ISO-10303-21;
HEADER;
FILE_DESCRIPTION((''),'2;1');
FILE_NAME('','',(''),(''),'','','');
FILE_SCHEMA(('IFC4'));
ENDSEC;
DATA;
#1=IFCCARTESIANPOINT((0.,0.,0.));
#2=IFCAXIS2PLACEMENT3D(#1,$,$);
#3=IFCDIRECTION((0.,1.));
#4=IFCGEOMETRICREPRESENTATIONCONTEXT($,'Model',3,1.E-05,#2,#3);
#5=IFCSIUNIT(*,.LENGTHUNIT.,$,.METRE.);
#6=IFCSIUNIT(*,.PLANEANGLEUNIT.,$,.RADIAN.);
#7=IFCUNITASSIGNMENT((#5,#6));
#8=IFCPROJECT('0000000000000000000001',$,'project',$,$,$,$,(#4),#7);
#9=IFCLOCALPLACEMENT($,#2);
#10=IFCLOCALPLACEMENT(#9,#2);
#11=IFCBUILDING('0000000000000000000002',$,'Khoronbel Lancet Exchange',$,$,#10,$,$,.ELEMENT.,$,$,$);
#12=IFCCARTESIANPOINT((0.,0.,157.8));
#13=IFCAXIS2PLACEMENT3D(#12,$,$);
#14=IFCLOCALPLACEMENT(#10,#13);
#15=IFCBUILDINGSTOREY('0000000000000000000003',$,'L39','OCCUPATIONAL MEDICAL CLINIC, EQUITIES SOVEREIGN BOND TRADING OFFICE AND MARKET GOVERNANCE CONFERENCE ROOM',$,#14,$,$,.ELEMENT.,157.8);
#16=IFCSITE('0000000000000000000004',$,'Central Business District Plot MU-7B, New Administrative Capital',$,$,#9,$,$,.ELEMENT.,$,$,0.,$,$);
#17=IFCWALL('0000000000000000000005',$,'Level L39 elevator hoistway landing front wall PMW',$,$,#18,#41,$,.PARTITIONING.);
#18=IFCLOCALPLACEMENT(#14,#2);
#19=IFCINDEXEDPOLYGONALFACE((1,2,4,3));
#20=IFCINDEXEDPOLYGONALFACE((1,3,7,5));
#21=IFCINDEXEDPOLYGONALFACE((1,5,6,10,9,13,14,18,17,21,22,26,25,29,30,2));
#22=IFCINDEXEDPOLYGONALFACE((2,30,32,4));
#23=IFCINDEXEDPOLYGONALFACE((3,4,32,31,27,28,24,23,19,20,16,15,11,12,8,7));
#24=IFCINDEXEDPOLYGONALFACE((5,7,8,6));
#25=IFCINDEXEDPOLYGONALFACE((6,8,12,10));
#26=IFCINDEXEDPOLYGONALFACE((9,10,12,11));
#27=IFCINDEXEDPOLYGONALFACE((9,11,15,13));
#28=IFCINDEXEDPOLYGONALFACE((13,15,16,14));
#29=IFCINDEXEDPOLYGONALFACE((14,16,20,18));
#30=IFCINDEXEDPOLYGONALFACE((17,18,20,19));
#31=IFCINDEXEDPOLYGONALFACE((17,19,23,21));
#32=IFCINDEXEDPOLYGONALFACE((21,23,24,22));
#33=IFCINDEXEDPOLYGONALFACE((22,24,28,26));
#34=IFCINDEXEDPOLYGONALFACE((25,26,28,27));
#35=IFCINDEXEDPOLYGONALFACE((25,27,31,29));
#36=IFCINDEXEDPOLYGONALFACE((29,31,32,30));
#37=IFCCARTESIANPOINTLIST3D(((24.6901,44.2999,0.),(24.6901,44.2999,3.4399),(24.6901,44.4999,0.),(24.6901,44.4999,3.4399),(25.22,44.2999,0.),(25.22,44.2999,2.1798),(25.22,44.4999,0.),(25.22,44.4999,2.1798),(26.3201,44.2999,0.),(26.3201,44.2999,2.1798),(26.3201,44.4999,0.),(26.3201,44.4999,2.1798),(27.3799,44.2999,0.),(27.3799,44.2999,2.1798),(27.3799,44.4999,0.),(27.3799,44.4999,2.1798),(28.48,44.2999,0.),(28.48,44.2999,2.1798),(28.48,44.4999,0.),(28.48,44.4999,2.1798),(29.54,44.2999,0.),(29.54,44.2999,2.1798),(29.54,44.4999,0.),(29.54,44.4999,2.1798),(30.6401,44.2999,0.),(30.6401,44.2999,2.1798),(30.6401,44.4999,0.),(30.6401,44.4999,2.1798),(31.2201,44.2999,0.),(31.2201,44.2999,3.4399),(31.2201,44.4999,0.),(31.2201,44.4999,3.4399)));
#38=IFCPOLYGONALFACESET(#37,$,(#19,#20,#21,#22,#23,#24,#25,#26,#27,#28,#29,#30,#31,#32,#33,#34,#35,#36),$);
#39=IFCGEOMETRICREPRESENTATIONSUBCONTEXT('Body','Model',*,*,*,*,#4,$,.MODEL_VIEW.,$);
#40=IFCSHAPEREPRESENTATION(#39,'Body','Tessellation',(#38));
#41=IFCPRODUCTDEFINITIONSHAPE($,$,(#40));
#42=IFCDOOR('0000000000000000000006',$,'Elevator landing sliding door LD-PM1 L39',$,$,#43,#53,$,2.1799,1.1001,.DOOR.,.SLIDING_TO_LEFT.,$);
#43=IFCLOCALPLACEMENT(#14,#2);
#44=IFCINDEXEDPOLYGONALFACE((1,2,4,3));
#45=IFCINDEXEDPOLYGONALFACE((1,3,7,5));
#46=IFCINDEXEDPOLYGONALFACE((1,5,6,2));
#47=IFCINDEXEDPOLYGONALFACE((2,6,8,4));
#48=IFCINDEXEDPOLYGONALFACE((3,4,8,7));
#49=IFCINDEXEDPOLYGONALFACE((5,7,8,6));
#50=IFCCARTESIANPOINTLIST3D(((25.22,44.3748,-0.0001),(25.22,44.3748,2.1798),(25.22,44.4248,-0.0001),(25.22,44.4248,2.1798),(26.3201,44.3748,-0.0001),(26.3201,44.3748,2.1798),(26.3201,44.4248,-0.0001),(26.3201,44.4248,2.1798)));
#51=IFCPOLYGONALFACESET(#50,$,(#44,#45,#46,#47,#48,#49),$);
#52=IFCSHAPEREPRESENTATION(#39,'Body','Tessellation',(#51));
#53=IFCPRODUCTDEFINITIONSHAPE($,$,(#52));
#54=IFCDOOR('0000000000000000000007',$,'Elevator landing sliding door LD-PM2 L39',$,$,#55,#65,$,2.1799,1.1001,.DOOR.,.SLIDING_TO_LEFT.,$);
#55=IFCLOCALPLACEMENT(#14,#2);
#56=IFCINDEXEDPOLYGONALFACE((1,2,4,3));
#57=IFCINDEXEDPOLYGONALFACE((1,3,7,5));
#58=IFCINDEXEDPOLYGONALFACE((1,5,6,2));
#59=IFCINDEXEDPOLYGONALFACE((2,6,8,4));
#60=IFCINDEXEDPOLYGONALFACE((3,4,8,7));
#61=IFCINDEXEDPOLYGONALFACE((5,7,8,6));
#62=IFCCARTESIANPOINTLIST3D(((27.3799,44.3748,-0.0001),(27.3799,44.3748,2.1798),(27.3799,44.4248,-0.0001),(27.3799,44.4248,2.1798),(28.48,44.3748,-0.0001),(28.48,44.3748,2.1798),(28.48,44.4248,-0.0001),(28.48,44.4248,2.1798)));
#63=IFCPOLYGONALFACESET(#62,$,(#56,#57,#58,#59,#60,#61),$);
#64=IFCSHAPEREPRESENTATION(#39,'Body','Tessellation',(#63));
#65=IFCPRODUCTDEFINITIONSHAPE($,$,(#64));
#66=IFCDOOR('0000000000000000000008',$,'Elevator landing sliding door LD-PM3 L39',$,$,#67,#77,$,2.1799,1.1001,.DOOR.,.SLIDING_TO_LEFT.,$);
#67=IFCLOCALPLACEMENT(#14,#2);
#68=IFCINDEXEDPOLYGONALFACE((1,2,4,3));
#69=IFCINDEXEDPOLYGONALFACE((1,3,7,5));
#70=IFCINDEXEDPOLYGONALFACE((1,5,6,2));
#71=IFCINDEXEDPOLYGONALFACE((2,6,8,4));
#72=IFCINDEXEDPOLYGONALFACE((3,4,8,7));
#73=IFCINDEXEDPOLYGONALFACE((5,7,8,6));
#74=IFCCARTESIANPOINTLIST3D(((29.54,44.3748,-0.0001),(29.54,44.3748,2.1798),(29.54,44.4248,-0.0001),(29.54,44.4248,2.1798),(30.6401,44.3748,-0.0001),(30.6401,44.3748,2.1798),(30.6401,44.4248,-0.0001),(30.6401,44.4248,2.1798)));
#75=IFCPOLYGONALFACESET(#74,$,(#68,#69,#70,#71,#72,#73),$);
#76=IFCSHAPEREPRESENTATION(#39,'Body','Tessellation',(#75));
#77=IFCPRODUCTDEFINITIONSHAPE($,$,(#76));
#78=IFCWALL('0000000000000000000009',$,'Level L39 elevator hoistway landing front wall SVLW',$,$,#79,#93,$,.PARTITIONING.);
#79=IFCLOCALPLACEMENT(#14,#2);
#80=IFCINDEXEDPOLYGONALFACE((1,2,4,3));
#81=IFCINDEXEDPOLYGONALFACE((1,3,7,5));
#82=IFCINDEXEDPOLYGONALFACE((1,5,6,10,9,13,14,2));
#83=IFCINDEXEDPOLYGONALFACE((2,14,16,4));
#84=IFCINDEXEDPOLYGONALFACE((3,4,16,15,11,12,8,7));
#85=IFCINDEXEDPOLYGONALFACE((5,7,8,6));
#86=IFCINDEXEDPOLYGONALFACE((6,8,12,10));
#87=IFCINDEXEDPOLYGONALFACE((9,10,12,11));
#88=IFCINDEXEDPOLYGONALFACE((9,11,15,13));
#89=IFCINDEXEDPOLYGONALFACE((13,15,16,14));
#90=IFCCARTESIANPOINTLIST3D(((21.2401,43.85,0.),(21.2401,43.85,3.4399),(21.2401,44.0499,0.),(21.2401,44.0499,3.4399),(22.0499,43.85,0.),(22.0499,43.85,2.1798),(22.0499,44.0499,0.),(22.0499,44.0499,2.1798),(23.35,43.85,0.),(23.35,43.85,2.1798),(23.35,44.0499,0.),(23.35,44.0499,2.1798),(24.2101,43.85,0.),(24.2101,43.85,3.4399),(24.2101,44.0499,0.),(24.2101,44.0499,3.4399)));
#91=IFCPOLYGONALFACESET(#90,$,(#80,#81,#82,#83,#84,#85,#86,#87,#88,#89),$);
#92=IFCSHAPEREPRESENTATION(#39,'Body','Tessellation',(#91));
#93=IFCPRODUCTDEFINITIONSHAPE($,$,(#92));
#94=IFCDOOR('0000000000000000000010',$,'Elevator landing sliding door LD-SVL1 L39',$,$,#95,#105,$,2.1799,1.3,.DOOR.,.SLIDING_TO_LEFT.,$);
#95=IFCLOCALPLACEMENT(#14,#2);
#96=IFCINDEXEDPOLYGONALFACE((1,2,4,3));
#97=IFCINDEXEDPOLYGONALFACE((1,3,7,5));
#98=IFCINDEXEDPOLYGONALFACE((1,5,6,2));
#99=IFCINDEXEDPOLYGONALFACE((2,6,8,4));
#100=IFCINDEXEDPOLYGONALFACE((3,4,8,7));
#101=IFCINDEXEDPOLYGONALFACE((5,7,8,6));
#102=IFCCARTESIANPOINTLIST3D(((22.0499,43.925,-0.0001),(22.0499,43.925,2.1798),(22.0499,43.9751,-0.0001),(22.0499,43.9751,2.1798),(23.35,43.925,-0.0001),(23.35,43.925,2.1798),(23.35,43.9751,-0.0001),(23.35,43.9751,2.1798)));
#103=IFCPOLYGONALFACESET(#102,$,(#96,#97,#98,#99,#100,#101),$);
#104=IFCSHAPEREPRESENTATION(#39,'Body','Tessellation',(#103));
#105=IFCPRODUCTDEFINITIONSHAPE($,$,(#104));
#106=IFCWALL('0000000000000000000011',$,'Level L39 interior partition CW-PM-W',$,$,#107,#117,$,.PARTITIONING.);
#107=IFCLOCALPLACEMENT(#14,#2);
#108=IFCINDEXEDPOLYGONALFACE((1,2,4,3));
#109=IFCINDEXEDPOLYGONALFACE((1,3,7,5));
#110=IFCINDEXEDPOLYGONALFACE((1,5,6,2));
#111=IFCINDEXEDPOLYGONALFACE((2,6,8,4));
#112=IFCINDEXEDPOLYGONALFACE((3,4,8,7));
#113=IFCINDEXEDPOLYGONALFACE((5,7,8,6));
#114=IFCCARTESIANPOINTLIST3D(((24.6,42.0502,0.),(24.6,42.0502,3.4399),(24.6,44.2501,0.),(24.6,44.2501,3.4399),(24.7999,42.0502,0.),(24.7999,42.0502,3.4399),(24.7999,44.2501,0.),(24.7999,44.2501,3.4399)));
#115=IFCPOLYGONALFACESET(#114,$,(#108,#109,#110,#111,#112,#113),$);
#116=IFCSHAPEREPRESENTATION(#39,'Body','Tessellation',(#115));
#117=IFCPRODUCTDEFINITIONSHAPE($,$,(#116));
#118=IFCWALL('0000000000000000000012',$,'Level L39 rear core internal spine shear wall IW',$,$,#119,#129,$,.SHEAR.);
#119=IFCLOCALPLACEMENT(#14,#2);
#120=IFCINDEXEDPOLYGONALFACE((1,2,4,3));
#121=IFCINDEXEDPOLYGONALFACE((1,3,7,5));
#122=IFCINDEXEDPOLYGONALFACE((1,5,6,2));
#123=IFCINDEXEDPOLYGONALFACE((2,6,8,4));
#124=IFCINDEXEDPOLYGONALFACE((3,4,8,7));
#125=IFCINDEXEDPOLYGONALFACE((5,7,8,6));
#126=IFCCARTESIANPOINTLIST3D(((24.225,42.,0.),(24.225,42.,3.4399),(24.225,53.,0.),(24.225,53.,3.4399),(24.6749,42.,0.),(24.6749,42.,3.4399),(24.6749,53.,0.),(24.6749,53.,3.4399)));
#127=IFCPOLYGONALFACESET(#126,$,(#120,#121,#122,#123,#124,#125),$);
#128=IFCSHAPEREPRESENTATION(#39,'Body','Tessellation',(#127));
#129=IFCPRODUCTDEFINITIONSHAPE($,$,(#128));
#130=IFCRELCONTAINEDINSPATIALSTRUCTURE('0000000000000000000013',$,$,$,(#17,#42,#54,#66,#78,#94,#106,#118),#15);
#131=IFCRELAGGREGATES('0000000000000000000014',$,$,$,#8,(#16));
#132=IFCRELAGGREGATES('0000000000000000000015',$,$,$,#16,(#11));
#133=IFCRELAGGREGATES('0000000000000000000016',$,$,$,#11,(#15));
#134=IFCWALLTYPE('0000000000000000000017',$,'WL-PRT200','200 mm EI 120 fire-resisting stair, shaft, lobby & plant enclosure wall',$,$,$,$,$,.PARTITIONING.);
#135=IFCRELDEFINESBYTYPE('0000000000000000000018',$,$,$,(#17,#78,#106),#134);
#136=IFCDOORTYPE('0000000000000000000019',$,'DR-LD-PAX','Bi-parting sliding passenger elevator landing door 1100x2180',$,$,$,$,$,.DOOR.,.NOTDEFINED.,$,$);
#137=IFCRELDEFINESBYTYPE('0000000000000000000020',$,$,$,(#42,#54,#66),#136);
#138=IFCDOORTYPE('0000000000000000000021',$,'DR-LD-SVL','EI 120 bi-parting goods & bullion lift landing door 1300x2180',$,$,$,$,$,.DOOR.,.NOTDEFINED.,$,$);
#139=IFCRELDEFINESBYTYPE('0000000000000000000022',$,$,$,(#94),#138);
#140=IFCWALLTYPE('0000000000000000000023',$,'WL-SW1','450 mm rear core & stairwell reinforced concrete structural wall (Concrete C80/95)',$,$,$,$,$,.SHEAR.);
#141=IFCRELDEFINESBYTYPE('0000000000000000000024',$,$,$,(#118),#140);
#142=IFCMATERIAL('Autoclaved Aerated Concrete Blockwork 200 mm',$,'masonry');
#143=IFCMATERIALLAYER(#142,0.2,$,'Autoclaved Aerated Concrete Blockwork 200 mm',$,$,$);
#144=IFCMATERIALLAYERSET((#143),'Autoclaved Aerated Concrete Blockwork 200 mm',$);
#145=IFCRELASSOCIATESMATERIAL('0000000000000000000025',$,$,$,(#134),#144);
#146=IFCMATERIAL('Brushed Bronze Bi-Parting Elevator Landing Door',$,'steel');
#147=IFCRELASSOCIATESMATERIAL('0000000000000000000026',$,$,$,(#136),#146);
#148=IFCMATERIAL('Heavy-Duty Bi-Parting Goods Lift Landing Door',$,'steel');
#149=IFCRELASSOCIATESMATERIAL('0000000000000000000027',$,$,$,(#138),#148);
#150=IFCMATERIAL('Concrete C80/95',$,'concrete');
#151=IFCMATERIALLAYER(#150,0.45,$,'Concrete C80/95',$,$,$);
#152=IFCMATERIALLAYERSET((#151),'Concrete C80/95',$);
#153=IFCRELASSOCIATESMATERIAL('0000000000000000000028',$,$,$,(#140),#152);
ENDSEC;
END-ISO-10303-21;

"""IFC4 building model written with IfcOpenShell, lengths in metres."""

from ifc_helpers import new_model, si_unit, direction, frame, frame_2d, origin, place, context, subcontext, project, spatial, rectangle, extrude, material, layer, layer_set, type_object, element, fill, save


model = new_model("IFC4")

# Units and contexts
model_context = context("Model", 3, precision=1e-05, world=origin(), true_north=direction((0.0, 1.0)))
body_context = subcontext(model_context, "Body", "Model", "MODEL_VIEW")
ifc_project = project(units=[si_unit("LENGTHUNIT", "METRE"), si_unit("PLANEANGLEUNIT", "RADIAN")], contexts=[model_context])

# Site, building, storey
site_placement = place(None, origin())
site = spatial("IfcSite", under=ifc_project, at=site_placement, Name="Central Business District Plot MU-7B, New Administrative Capital", CompositionType="ELEMENT", RefElevation=0.0)
building_placement = place(site_placement, origin())
building = spatial("IfcBuilding", under=site, at=building_placement, Name="Khoronbel Lancet Exchange", CompositionType="ELEMENT")
storey_placement = place(building_placement, frame((0.0, 0.0, 157.8)))
storey = spatial("IfcBuildingStorey", under=building, at=storey_placement, Name="L39", Description="OCCUPATIONAL MEDICAL CLINIC, EQUITIES SOVEREIGN BOND TRADING OFFICE AND MARKET GOVERNANCE CONFERENCE ROOM", CompositionType="ELEMENT", Elevation=157.8)

# Shared definitions
ifc_material_1 = material(Name="Concrete C80/95", Category="concrete")

# Wall, openings, doors
ifc_material_2 = material(Name="Autoclaved Aerated Concrete Blockwork 200 mm", Category="masonry")
ifc_layer_1 = layer(ifc_material_2, 0.2, Name="Autoclaved Aerated Concrete Blockwork 200 mm")
ifc_layer_set_1 = layer_set([ifc_layer_1], Name="Autoclaved Aerated Concrete Blockwork 200 mm")
wall_type_1 = type_object("IfcWallType", Name="WL-PRT200", Description="200 mm EI 120 fire-resisting stair, shaft, lobby & plant enclosure wall", PredefinedType="PARTITIONING", material=ifc_layer_set_1)
wall_1_placement = place(storey_placement, frame((24.6899, 44.3999, 0.0), z_axis=(0.0, 0.0, 1.0), x_axis=(1.0, 0.0, 0.0)))
wall_1 = element("IfcWall", 1, at=wall_1_placement, inside=storey, type_object=wall_type_1, Name="Level L39 elevator hoistway landing front wall PMW", PredefinedType="PARTITIONING", context=body_context, shape_type="SweptSolid", body=[
    extrude(rectangle(XDim=6.53, YDim=0.2, at=frame_2d((3.2651, 0.0))), origin(), (0.0, 0.0, 1.0), 3.4399),
])
opening_1_placement = place(wall_1_placement, frame((0.53, 0.0, 0.0)))
opening_1 = element("IfcOpeningElement", 2, at=opening_1_placement, cuts=wall_1, PredefinedType="OPENING", context=body_context, shape_type="SweptSolid", body=[
    extrude(rectangle(XDim=1.1001, YDim=2.1799, at=frame_2d((0.55, 1.0898))), frame((0.0, 0.1099, 0.0), z_axis=(0.0, -1.0, 0.0), x_axis=(1.0, 0.0, 0.0)), (0.0, 0.0, 1.0), 0.22),
])
opening_2_placement = place(wall_1_placement, frame((2.6899, 0.0, 0.0)))
opening_2 = element("IfcOpeningElement", 3, at=opening_2_placement, cuts=wall_1, PredefinedType="OPENING", context=body_context, shape_type="SweptSolid", body=[
    extrude(rectangle(XDim=1.1001, YDim=2.1799, at=frame_2d((0.55, 1.0898))), frame((0.0, 0.1099, 0.0), z_axis=(0.0, -1.0, 0.0), x_axis=(1.0, 0.0, 0.0)), (0.0, 0.0, 1.0), 0.22),
])
opening_3_placement = place(wall_1_placement, frame((4.8501, 0.0, 0.0)))
opening_3 = element("IfcOpeningElement", 4, at=opening_3_placement, cuts=wall_1, PredefinedType="OPENING", context=body_context, shape_type="SweptSolid", body=[
    extrude(rectangle(XDim=1.1001, YDim=2.1799, at=frame_2d((0.55, 1.0898))), frame((0.0, 0.1099, 0.0), z_axis=(0.0, -1.0, 0.0), x_axis=(1.0, 0.0, 0.0)), (0.0, 0.0, 1.0), 0.22),
])
ifc_material_3 = material(Name="Brushed Bronze Bi-Parting Elevator Landing Door", Category="steel")
door_type_1 = type_object("IfcDoorType", Name="DR-LD-PAX", Description="Bi-parting sliding passenger elevator landing door 1100x2180", OperationType="NOTDEFINED", PredefinedType="DOOR", material=ifc_material_3)
door_1_placement = place(opening_1_placement, origin())
door_1 = element("IfcDoor", 5, at=door_1_placement, inside=storey, type_object=door_type_1, Name="Elevator landing sliding door LD-PM1 L39", OperationType="SLIDING_TO_LEFT", OverallHeight=2.1799, OverallWidth=1.1001, PredefinedType="DOOR", context=body_context, shape_type="SweptSolid", body=[
    extrude(rectangle(XDim=1.1001, YDim=2.1799, at=frame_2d((0.55, 1.0898))), frame((0.0, 0.0249, 0.0), z_axis=(0.0, -1.0, 0.0), x_axis=(1.0, 0.0, 0.0)), (0.0, 0.0, 1.0), 0.05),
])
fill(opening_1, door_1)
door_2_placement = place(opening_2_placement, origin())
door_2 = element("IfcDoor", 6, at=door_2_placement, inside=storey, type_object=door_type_1, Name="Elevator landing sliding door LD-PM2 L39", OperationType="SLIDING_TO_LEFT", OverallHeight=2.1799, OverallWidth=1.1001, PredefinedType="DOOR", context=body_context, shape_type="SweptSolid", body=[
    extrude(rectangle(XDim=1.1001, YDim=2.1799, at=frame_2d((0.55, 1.0898))), frame((0.0, 0.0249, 0.0), z_axis=(0.0, -1.0, 0.0), x_axis=(1.0, 0.0, 0.0)), (0.0, 0.0, 1.0), 0.05),
])
fill(opening_2, door_2)
door_3_placement = place(opening_3_placement, origin())
door_3 = element("IfcDoor", 7, at=door_3_placement, inside=storey, type_object=door_type_1, Name="Elevator landing sliding door LD-PM3 L39", OperationType="SLIDING_TO_LEFT", OverallHeight=2.1799, OverallWidth=1.1001, PredefinedType="DOOR", context=body_context, shape_type="SweptSolid", body=[
    extrude(rectangle(XDim=1.1001, YDim=2.1799, at=frame_2d((0.55, 1.0898))), frame((0.0, 0.0249, 0.0), z_axis=(0.0, -1.0, 0.0), x_axis=(1.0, 0.0, 0.0)), (0.0, 0.0, 1.0), 0.05),
])
fill(opening_3, door_3)

# Wall, opening, door
wall_2_placement = place(storey_placement, frame((24.21, 43.95, 0.0), z_axis=(0.0, 0.0, 1.0), x_axis=(-1.0, 0.0, 0.0)))
wall_2 = element("IfcWall", 8, at=wall_2_placement, inside=storey, type_object=wall_type_1, Name="Level L39 elevator hoistway landing front wall SVLW", PredefinedType="PARTITIONING", context=body_context, shape_type="SweptSolid", body=[
    extrude(rectangle(XDim=2.97, YDim=0.2, at=frame_2d((1.4849, 0.0))), origin(), (0.0, 0.0, 1.0), 3.4399),
])
opening_4_placement = place(wall_2_placement, frame((0.8601, 0.0, 0.0)))
opening_4 = element("IfcOpeningElement", 9, at=opening_4_placement, cuts=wall_2, PredefinedType="OPENING", context=body_context, shape_type="SweptSolid", body=[
    extrude(rectangle(XDim=1.3, YDim=2.1799, at=frame_2d((0.6499, 1.0898))), frame((0.0, 0.1099, 0.0), z_axis=(0.0, -1.0, 0.0), x_axis=(1.0, 0.0, 0.0)), (0.0, 0.0, 1.0), 0.22),
])
ifc_material_4 = material(Name="Heavy-Duty Bi-Parting Goods Lift Landing Door", Category="steel")
door_type_2 = type_object("IfcDoorType", Name="DR-LD-SVL", Description="EI 120 bi-parting goods & bullion lift landing door 1300x2180", OperationType="NOTDEFINED", PredefinedType="DOOR", material=ifc_material_4)
door_4_placement = place(opening_4_placement, origin())
door_4 = element("IfcDoor", 10, at=door_4_placement, inside=storey, type_object=door_type_2, Name="Elevator landing sliding door LD-SVL1 L39", OperationType="SLIDING_TO_LEFT", OverallHeight=2.1799, OverallWidth=1.3, PredefinedType="DOOR", context=body_context, shape_type="SweptSolid", body=[
    extrude(rectangle(XDim=1.3, YDim=2.1799, at=frame_2d((0.6499, 1.0898))), frame((0.0, 0.0249, 0.0), z_axis=(0.0, -1.0, 0.0), x_axis=(1.0, 0.0, 0.0)), (0.0, 0.0, 1.0), 0.05),
])
fill(opening_4, door_4)

# Walls
wall_3_placement = place(storey_placement, frame((24.7, 42.05, 0.0), z_axis=(0.0, 0.0, 1.0), x_axis=(0.0, 1.0, 0.0)))
element("IfcWall", 11, at=wall_3_placement, inside=storey, type_object=wall_type_1, Name="Level L39 interior partition CW-PM-W", PredefinedType="PARTITIONING", context=body_context, shape_type="SweptSolid", body=[
    extrude(rectangle(XDim=2.2, YDim=0.2, at=frame_2d((1.1001, 0.0))), origin(), (0.0, 0.0, 1.0), 3.4399),
])
ifc_layer_2 = layer(ifc_material_1, 0.45, Name="Concrete C80/95")
ifc_layer_set_2 = layer_set([ifc_layer_2], Name="Concrete C80/95")
wall_type_2 = type_object("IfcWallType", Name="WL-SW1", Description="450 mm rear core & stairwell reinforced concrete structural wall (Concrete C80/95)", PredefinedType="SHEAR", material=ifc_layer_set_2)
wall_4_placement = place(storey_placement, frame((24.45, 42.0, 0.0), z_axis=(0.0, 0.0, 1.0), x_axis=(0.0, 1.0, 0.0)))
element("IfcWall", 12, at=wall_4_placement, inside=storey, type_object=wall_type_2, Name="Level L39 rear core internal spine shear wall IW", PredefinedType="SHEAR", context=body_context, shape_type="SweptSolid", body=[
    extrude(rectangle(XDim=11.0, YDim=0.45, at=frame_2d((5.5, 0.0))), origin(), (0.0, 0.0, 1.0), 3.4399),
])

save(model, "model.ifc")
